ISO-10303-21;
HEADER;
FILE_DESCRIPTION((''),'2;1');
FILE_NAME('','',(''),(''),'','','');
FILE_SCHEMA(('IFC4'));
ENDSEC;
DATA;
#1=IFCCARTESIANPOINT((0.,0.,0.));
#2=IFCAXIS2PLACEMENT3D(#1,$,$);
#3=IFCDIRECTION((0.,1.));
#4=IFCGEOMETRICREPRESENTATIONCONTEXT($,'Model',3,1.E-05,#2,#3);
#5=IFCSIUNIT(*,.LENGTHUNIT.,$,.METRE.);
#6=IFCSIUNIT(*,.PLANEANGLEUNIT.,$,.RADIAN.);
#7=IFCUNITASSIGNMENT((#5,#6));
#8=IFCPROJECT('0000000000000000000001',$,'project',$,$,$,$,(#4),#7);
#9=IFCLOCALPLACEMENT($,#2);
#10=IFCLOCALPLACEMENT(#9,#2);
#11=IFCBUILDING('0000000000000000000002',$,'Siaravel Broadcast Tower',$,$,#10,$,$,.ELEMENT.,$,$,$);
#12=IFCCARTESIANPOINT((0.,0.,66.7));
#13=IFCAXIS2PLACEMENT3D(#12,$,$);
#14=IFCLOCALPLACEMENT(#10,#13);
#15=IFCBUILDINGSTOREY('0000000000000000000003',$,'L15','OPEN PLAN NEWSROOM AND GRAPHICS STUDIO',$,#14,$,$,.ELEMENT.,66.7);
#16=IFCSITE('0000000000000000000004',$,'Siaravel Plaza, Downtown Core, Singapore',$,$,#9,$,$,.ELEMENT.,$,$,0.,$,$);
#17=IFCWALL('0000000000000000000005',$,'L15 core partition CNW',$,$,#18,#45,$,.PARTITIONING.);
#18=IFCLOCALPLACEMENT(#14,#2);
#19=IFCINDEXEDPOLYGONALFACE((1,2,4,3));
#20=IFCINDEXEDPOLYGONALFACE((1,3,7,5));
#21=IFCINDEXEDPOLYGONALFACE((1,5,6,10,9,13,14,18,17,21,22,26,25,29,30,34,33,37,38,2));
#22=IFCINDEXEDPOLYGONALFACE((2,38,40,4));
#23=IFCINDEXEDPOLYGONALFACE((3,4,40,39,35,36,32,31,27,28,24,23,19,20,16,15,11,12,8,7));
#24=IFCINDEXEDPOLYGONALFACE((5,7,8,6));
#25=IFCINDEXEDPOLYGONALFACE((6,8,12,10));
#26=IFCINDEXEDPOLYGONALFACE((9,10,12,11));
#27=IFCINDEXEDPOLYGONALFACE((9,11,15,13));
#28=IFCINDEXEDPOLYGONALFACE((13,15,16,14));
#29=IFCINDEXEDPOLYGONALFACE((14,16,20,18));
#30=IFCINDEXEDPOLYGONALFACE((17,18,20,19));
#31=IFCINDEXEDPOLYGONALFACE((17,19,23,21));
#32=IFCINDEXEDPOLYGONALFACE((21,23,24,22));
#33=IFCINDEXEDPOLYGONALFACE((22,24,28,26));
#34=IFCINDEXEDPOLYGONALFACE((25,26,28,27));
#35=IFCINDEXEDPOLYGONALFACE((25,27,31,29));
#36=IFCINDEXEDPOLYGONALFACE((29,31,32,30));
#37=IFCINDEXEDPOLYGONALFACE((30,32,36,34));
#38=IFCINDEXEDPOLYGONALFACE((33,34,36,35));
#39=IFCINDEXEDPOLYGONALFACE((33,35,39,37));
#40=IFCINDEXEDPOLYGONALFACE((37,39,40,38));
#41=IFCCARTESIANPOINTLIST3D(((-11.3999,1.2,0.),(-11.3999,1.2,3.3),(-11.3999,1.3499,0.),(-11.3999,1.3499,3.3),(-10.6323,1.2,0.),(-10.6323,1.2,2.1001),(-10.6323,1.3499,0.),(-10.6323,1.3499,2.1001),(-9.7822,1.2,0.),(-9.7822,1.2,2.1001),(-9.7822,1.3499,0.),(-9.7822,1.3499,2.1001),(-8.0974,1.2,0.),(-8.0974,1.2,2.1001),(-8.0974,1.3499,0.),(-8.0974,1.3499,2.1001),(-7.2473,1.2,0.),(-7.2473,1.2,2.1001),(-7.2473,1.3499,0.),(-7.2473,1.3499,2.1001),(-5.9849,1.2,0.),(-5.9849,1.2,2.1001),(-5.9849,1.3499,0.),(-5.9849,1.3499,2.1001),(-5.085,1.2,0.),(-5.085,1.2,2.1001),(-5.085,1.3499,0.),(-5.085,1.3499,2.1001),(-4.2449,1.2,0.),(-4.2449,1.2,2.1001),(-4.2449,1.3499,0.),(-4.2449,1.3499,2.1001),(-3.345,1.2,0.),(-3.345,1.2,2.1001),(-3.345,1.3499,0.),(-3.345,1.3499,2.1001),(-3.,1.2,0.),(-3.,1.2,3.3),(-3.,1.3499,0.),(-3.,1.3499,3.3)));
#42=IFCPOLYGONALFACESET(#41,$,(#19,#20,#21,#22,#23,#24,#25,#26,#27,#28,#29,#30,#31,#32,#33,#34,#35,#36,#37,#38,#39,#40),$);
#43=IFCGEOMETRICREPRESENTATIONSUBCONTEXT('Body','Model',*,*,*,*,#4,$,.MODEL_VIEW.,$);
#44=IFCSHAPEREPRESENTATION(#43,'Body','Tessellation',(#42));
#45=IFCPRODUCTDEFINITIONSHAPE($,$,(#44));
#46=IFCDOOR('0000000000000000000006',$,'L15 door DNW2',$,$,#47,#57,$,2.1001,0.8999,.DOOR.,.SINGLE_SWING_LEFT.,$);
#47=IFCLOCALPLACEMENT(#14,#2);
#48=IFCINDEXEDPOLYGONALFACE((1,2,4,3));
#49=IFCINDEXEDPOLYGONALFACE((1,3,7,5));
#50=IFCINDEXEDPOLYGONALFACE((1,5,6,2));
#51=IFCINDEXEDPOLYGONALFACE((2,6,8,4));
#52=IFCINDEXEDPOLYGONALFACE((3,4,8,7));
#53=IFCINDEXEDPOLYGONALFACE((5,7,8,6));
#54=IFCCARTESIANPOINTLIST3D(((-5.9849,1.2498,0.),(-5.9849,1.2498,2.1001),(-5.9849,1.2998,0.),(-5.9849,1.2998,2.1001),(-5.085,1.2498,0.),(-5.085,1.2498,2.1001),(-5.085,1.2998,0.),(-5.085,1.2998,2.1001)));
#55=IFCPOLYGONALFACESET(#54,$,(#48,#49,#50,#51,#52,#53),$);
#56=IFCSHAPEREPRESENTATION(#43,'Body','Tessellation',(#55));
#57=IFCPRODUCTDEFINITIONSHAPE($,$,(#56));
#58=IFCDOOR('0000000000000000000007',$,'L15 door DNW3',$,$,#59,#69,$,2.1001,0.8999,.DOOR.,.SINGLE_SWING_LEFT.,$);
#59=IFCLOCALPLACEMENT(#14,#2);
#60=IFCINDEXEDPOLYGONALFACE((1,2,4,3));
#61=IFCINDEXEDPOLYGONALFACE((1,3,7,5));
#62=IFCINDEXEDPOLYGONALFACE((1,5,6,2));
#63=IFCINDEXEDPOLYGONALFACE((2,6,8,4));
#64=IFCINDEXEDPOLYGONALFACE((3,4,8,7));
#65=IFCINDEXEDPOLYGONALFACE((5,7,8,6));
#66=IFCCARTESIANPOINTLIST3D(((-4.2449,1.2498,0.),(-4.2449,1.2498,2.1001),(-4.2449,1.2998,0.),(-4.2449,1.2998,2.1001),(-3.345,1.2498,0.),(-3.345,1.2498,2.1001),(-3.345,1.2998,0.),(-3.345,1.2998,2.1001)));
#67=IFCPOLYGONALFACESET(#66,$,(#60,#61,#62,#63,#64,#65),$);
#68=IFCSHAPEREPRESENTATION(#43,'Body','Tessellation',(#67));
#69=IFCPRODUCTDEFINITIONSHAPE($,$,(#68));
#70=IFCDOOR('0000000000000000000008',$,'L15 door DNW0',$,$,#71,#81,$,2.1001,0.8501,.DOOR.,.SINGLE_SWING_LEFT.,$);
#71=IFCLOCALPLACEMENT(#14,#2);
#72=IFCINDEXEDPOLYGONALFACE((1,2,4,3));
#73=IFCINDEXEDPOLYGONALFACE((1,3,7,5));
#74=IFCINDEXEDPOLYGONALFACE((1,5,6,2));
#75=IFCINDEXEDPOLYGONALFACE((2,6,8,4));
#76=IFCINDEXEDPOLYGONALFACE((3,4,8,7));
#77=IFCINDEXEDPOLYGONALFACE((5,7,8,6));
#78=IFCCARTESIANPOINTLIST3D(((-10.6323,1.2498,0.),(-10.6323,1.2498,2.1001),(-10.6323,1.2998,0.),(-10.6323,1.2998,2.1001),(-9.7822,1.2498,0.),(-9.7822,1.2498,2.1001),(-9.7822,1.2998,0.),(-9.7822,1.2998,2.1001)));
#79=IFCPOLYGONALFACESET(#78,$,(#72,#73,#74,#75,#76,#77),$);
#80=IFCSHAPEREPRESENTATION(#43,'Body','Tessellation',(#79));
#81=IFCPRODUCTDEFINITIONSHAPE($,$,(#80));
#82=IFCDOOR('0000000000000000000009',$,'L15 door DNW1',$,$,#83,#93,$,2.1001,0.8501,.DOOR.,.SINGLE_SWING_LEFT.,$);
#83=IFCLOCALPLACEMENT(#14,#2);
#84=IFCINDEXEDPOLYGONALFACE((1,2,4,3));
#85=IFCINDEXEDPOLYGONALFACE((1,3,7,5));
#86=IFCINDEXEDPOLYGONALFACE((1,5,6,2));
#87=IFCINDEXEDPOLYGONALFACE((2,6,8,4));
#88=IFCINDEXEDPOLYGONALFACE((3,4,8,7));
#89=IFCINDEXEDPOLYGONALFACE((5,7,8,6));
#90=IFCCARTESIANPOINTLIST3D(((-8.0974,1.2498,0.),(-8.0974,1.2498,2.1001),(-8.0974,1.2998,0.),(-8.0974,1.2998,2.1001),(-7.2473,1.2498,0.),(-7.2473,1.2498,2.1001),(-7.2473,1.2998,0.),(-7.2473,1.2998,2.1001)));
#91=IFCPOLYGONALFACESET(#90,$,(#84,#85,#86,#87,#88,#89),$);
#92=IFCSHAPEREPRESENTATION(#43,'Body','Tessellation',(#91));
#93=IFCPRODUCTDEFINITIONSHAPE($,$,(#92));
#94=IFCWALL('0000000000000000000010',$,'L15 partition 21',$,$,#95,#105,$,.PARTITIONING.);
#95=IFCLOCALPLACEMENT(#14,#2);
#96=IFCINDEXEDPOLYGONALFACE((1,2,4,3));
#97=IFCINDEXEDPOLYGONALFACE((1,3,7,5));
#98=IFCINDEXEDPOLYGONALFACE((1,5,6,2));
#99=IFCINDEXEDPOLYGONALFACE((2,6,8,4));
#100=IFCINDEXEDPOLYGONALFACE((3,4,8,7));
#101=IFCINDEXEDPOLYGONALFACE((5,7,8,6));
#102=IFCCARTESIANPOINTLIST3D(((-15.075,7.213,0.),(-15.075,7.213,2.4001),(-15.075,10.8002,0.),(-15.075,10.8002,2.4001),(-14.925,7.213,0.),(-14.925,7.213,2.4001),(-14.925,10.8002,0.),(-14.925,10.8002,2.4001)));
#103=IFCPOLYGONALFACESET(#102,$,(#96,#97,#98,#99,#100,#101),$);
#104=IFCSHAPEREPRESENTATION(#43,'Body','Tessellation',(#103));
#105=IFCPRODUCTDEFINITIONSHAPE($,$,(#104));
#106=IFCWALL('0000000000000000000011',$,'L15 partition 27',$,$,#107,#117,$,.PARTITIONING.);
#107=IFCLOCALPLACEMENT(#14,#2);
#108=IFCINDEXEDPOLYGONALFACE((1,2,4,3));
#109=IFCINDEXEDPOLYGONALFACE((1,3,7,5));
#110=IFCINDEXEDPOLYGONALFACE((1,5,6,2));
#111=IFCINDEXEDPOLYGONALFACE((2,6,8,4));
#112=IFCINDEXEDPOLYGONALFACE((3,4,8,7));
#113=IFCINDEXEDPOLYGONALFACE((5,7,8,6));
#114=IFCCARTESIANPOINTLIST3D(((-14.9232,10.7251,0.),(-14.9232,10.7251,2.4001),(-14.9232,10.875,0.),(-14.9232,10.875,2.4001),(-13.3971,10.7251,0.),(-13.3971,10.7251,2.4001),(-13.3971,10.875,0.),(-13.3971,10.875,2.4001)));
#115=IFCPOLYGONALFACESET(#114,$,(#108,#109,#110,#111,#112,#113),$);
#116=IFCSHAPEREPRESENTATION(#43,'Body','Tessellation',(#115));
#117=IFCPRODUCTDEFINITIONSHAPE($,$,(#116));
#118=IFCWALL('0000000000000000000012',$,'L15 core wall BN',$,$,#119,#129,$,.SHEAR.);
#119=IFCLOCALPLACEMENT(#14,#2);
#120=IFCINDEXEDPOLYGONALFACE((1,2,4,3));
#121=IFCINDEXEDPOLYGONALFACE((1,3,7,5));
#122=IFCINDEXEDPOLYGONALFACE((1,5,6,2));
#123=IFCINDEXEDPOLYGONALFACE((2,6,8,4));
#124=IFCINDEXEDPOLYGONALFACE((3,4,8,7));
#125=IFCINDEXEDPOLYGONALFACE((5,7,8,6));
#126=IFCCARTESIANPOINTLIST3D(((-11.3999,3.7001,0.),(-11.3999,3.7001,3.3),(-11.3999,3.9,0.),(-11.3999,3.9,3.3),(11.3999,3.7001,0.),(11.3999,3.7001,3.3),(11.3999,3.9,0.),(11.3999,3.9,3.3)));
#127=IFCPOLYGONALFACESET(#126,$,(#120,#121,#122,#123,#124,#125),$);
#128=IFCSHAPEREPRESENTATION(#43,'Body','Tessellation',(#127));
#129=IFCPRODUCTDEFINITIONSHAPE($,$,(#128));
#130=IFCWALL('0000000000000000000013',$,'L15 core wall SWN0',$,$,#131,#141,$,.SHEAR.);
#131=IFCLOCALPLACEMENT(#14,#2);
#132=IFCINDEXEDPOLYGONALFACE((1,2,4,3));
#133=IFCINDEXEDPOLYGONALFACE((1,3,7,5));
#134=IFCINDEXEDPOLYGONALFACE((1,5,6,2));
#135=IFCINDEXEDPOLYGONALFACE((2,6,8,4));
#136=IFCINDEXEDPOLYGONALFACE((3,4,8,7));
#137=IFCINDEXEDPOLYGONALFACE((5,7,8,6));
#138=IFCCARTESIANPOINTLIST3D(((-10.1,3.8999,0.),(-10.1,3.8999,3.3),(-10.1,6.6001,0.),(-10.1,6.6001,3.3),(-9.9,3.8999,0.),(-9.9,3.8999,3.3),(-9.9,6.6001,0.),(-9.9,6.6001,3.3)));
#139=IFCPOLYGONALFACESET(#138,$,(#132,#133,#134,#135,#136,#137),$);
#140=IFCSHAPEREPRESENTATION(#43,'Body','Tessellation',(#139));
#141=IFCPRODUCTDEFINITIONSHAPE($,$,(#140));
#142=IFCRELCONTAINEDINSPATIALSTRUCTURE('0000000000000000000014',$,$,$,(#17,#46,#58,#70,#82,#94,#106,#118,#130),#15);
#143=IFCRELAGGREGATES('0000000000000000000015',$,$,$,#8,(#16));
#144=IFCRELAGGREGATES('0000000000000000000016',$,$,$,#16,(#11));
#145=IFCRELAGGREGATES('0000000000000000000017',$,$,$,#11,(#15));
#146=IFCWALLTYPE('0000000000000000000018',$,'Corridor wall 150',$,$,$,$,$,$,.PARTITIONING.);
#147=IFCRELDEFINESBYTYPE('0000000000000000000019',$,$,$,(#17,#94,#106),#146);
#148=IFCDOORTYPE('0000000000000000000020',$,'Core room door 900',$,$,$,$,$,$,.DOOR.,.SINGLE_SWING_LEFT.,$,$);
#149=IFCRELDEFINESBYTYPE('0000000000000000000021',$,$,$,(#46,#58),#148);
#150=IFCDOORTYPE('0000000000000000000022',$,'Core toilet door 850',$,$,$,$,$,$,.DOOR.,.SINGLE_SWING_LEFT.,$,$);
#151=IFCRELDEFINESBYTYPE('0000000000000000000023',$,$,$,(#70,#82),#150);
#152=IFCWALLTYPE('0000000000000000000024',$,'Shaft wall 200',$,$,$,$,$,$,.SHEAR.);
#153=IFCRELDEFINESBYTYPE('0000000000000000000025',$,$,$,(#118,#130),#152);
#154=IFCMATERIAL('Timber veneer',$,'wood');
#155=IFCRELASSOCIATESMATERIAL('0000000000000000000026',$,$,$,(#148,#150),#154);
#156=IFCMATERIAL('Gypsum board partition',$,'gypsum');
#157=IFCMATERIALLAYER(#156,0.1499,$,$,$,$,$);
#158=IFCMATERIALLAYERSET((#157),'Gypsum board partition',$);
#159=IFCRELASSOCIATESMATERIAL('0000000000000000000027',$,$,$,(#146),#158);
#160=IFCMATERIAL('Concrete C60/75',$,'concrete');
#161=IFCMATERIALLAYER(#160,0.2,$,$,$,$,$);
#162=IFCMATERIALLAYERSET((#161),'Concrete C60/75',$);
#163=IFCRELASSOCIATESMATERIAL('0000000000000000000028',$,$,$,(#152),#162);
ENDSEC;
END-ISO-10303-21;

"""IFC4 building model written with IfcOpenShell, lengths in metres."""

from ifc_helpers import new_model, si_unit, direction, frame, frame_2d, origin, place, context, subcontext, project, spatial, rectangle, extrude, material, layer, layer_set, type_object, element, fill, save


model = new_model("IFC4")

# Units and contexts
model_context = context("Model", 3, precision=1e-05, world=origin(), true_north=direction((0.0, 1.0)))
body_context = subcontext(model_context, "Body", "Model", "MODEL_VIEW")
ifc_project = project(units=[si_unit("LENGTHUNIT", "METRE"), si_unit("PLANEANGLEUNIT", "RADIAN")], contexts=[model_context])

# Site, building, storey
site_placement = place(None, origin())
site = spatial("IfcSite", under=ifc_project, at=site_placement, Name="Siaravel Plaza, Downtown Core, Singapore", CompositionType="ELEMENT", RefElevation=0.0)
building_placement = place(site_placement, origin())
building = spatial("IfcBuilding", under=site, at=building_placement, Name="Siaravel Broadcast Tower", CompositionType="ELEMENT")
storey_placement = place(building_placement, frame((0.0, 0.0, 66.7)))
storey = spatial("IfcBuildingStorey", under=building, at=storey_placement, Name="L15", Description="OPEN PLAN NEWSROOM AND GRAPHICS STUDIO", CompositionType="ELEMENT", Elevation=66.7)

# Wall, openings, doors
ifc_material_1 = material(Name="Concrete C60/75", Category="concrete")
ifc_material_2 = material(Name="Timber veneer", Category="wood")
door_type_1 = type_object("IfcDoorType", Name="Core room door 900", OperationType="SINGLE_SWING_LEFT", PredefinedType="DOOR", material=ifc_material_2)
ifc_material_3 = material(Name="Gypsum board partition", Category="gypsum")
ifc_layer_1 = layer(ifc_material_3, 0.1499)
ifc_layer_set_1 = layer_set([ifc_layer_1], Name="Gypsum board partition")
wall_type_1 = type_object("IfcWallType", Name="Corridor wall 150", PredefinedType="PARTITIONING", material=ifc_layer_set_1)
wall_1_placement = place(storey_placement, frame((-11.3999, 1.2749, 0.0), z_axis=(0.0, 0.0, 1.0), x_axis=(1.0, 0.0, 0.0)))
wall_1 = element("IfcWall", 1, at=wall_1_placement, inside=storey, type_object=wall_type_1, Name="L15 core partition CNW", PredefinedType="PARTITIONING", context=body_context, shape_type="SweptSolid", body=[
    extrude(rectangle(XDim=8.3999, YDim=0.1499, at=frame_2d((4.2, 0.0))), origin(), (0.0, 0.0, 1.0), 3.3),
])
opening_1_placement = place(wall_1_placement, frame((0.7676, 0.0, 0.0)))
opening_1 = element("IfcOpeningElement", 2, at=opening_1_placement, cuts=wall_1, PredefinedType="OPENING", context=body_context, shape_type="SweptSolid", body=[
    extrude(rectangle(XDim=0.8501, YDim=2.1001, at=frame_2d((0.425, 1.05))), frame((0.0, 0.085, 0.0), z_axis=(0.0, -1.0, 0.0), x_axis=(1.0, 0.0, 0.0)), (0.0, 0.0, 1.0), 0.1699),
])
opening_2_placement = place(wall_1_placement, frame((3.3025, 0.0, 0.0)))
opening_2 = element("IfcOpeningElement", 3, at=opening_2_placement, cuts=wall_1, PredefinedType="OPENING", context=body_context, shape_type="SweptSolid", body=[
    extrude(rectangle(XDim=0.8501, YDim=2.1001, at=frame_2d((0.425, 1.05))), frame((0.0, 0.085, 0.0), z_axis=(0.0, -1.0, 0.0), x_axis=(1.0, 0.0, 0.0)), (0.0, 0.0, 1.0), 0.1699),
])
opening_3_placement = place(wall_1_placement, frame((5.415, 0.0, 0.0)))
opening_3 = element("IfcOpeningElement", 4, at=opening_3_placement, cuts=wall_1, PredefinedType="OPENING", context=body_context, shape_type="SweptSolid", body=[
    extrude(rectangle(XDim=0.8999, YDim=2.1001, at=frame_2d((0.45, 1.05))), frame((0.0, 0.085, 0.0), z_axis=(0.0, -1.0, 0.0), x_axis=(1.0, 0.0, 0.0)), (0.0, 0.0, 1.0), 0.1699),
])
opening_4_placement = place(wall_1_placement, frame((7.155, 0.0, 0.0)))
opening_4 = element("IfcOpeningElement", 5, at=opening_4_placement, cuts=wall_1, PredefinedType="OPENING", context=body_context, shape_type="SweptSolid", body=[
    extrude(rectangle(XDim=0.8999, YDim=2.1001, at=frame_2d((0.45, 1.05))), frame((0.0, 0.085, 0.0), z_axis=(0.0, -1.0, 0.0), x_axis=(1.0, 0.0, 0.0)), (0.0, 0.0, 1.0), 0.1699),
])
door_1_placement = place(opening_3_placement, origin())
door_1 = element("IfcDoor", 6, at=door_1_placement, inside=storey, type_object=door_type_1, Name="L15 door DNW2", OperationType="SINGLE_SWING_LEFT", OverallHeight=2.1001, OverallWidth=0.8999, PredefinedType="DOOR", context=body_context, shape_type="SweptSolid", body=[
    extrude(rectangle(XDim=0.8999, YDim=2.1001, at=frame_2d((0.45, 1.05))), frame((0.0, 0.0249, 0.0), z_axis=(0.0, -1.0, 0.0), x_axis=(1.0, 0.0, 0.0)), (0.0, 0.0, 1.0), 0.05),
])
fill(opening_3, door_1)
door_2_placement = place(opening_4_placement, origin())
door_2 = element("IfcDoor", 7, at=door_2_placement, inside=storey, type_object=door_type_1, Name="L15 door DNW3", OperationType="SINGLE_SWING_LEFT", OverallHeight=2.1001, OverallWidth=0.8999, PredefinedType="DOOR", context=body_context, shape_type="SweptSolid", body=[
    extrude(rectangle(XDim=0.8999, YDim=2.1001, at=frame_2d((0.45, 1.05))), frame((0.0, 0.0249, 0.0), z_axis=(0.0, -1.0, 0.0), x_axis=(1.0, 0.0, 0.0)), (0.0, 0.0, 1.0), 0.05),
])
fill(opening_4, door_2)
door_type_2 = type_object("IfcDoorType", Name="Core toilet door 850", OperationType="SINGLE_SWING_LEFT", PredefinedType="DOOR", material=ifc_material_2)
door_3_placement = place(opening_1_placement, origin())
door_3 = element("IfcDoor", 8, at=door_3_placement, inside=storey, type_object=door_type_2, Name="L15 door DNW0", OperationType="SINGLE_SWING_LEFT", OverallHeight=2.1001, OverallWidth=0.8501, PredefinedType="DOOR", context=body_context, shape_type="SweptSolid", body=[
    extrude(rectangle(XDim=0.8501, YDim=2.1001, at=frame_2d((0.425, 1.05))), frame((0.0, 0.0249, 0.0), z_axis=(0.0, -1.0, 0.0), x_axis=(1.0, 0.0, 0.0)), (0.0, 0.0, 1.0), 0.05),
])
fill(opening_1, door_3)
door_4_placement = place(opening_2_placement, origin())
door_4 = element("IfcDoor", 9, at=door_4_placement, inside=storey, type_object=door_type_2, Name="L15 door DNW1", OperationType="SINGLE_SWING_LEFT", OverallHeight=2.1001, OverallWidth=0.8501, PredefinedType="DOOR", context=body_context, shape_type="SweptSolid", body=[
    extrude(rectangle(XDim=0.8501, YDim=2.1001, at=frame_2d((0.425, 1.05))), frame((0.0, 0.0249, 0.0), z_axis=(0.0, -1.0, 0.0), x_axis=(1.0, 0.0, 0.0)), (0.0, 0.0, 1.0), 0.05),
])
fill(opening_2, door_4)

# Walls
wall_2_placement = place(storey_placement, frame((-15.0, 10.8, 0.0), z_axis=(0.0, 0.0, 1.0), x_axis=(0.0, -1.0, 0.0)))
element("IfcWall", 10, at=wall_2_placement, inside=storey, type_object=wall_type_1, Name="L15 partition 21", PredefinedType="PARTITIONING", context=body_context, shape_type="SweptSolid", body=[
    extrude(rectangle(XDim=3.5872, YDim=0.1499, at=frame_2d((1.7935, 0.0))), origin(), (0.0, 0.0, 1.0), 2.4001),
])
wall_3_placement = place(storey_placement, frame((-13.397, 10.8, 0.0), z_axis=(0.0, 0.0, 1.0), x_axis=(-1.0, 0.0, 0.0)))
element("IfcWall", 11, at=wall_3_placement, inside=storey, type_object=wall_type_1, Name="L15 partition 27", PredefinedType="PARTITIONING", context=body_context, shape_type="SweptSolid", body=[
    extrude(rectangle(XDim=1.5261, YDim=0.1499, at=frame_2d((0.7632, 0.0))), origin(), (0.0, 0.0, 1.0), 2.4001),
])
ifc_layer_2 = layer(ifc_material_1, 0.2)
ifc_layer_set_2 = layer_set([ifc_layer_2], Name="Concrete C60/75")
wall_type_2 = type_object("IfcWallType", Name="Shaft wall 200", PredefinedType="SHEAR", material=ifc_layer_set_2)
wall_4_placement = place(storey_placement, frame((-11.3999, 3.8, 0.0), z_axis=(0.0, 0.0, 1.0), x_axis=(1.0, 0.0, 0.0)))
element("IfcWall", 12, at=wall_4_placement, inside=storey, type_object=wall_type_2, Name="L15 core wall BN", PredefinedType="SHEAR", context=body_context, shape_type="SweptSolid", body=[
    extrude(rectangle(XDim=22.7998, YDim=0.2, at=frame_2d((11.3999, 0.0))), origin(), (0.0, 0.0, 1.0), 3.3),
])
wall_5_placement = place(storey_placement, frame((-10.0, 3.8999, 0.0), z_axis=(0.0, 0.0, 1.0), x_axis=(0.0, 1.0, 0.0)))
element("IfcWall", 13, at=wall_5_placement, inside=storey, type_object=wall_type_2, Name="L15 core wall SWN0", PredefinedType="SHEAR", context=body_context, shape_type="SweptSolid", body=[
    extrude(rectangle(XDim=2.7002, YDim=0.2, at=frame_2d((1.3501, 0.0))), origin(), (0.0, 0.0, 1.0), 3.3),
])

save(model, "model.ifc")
